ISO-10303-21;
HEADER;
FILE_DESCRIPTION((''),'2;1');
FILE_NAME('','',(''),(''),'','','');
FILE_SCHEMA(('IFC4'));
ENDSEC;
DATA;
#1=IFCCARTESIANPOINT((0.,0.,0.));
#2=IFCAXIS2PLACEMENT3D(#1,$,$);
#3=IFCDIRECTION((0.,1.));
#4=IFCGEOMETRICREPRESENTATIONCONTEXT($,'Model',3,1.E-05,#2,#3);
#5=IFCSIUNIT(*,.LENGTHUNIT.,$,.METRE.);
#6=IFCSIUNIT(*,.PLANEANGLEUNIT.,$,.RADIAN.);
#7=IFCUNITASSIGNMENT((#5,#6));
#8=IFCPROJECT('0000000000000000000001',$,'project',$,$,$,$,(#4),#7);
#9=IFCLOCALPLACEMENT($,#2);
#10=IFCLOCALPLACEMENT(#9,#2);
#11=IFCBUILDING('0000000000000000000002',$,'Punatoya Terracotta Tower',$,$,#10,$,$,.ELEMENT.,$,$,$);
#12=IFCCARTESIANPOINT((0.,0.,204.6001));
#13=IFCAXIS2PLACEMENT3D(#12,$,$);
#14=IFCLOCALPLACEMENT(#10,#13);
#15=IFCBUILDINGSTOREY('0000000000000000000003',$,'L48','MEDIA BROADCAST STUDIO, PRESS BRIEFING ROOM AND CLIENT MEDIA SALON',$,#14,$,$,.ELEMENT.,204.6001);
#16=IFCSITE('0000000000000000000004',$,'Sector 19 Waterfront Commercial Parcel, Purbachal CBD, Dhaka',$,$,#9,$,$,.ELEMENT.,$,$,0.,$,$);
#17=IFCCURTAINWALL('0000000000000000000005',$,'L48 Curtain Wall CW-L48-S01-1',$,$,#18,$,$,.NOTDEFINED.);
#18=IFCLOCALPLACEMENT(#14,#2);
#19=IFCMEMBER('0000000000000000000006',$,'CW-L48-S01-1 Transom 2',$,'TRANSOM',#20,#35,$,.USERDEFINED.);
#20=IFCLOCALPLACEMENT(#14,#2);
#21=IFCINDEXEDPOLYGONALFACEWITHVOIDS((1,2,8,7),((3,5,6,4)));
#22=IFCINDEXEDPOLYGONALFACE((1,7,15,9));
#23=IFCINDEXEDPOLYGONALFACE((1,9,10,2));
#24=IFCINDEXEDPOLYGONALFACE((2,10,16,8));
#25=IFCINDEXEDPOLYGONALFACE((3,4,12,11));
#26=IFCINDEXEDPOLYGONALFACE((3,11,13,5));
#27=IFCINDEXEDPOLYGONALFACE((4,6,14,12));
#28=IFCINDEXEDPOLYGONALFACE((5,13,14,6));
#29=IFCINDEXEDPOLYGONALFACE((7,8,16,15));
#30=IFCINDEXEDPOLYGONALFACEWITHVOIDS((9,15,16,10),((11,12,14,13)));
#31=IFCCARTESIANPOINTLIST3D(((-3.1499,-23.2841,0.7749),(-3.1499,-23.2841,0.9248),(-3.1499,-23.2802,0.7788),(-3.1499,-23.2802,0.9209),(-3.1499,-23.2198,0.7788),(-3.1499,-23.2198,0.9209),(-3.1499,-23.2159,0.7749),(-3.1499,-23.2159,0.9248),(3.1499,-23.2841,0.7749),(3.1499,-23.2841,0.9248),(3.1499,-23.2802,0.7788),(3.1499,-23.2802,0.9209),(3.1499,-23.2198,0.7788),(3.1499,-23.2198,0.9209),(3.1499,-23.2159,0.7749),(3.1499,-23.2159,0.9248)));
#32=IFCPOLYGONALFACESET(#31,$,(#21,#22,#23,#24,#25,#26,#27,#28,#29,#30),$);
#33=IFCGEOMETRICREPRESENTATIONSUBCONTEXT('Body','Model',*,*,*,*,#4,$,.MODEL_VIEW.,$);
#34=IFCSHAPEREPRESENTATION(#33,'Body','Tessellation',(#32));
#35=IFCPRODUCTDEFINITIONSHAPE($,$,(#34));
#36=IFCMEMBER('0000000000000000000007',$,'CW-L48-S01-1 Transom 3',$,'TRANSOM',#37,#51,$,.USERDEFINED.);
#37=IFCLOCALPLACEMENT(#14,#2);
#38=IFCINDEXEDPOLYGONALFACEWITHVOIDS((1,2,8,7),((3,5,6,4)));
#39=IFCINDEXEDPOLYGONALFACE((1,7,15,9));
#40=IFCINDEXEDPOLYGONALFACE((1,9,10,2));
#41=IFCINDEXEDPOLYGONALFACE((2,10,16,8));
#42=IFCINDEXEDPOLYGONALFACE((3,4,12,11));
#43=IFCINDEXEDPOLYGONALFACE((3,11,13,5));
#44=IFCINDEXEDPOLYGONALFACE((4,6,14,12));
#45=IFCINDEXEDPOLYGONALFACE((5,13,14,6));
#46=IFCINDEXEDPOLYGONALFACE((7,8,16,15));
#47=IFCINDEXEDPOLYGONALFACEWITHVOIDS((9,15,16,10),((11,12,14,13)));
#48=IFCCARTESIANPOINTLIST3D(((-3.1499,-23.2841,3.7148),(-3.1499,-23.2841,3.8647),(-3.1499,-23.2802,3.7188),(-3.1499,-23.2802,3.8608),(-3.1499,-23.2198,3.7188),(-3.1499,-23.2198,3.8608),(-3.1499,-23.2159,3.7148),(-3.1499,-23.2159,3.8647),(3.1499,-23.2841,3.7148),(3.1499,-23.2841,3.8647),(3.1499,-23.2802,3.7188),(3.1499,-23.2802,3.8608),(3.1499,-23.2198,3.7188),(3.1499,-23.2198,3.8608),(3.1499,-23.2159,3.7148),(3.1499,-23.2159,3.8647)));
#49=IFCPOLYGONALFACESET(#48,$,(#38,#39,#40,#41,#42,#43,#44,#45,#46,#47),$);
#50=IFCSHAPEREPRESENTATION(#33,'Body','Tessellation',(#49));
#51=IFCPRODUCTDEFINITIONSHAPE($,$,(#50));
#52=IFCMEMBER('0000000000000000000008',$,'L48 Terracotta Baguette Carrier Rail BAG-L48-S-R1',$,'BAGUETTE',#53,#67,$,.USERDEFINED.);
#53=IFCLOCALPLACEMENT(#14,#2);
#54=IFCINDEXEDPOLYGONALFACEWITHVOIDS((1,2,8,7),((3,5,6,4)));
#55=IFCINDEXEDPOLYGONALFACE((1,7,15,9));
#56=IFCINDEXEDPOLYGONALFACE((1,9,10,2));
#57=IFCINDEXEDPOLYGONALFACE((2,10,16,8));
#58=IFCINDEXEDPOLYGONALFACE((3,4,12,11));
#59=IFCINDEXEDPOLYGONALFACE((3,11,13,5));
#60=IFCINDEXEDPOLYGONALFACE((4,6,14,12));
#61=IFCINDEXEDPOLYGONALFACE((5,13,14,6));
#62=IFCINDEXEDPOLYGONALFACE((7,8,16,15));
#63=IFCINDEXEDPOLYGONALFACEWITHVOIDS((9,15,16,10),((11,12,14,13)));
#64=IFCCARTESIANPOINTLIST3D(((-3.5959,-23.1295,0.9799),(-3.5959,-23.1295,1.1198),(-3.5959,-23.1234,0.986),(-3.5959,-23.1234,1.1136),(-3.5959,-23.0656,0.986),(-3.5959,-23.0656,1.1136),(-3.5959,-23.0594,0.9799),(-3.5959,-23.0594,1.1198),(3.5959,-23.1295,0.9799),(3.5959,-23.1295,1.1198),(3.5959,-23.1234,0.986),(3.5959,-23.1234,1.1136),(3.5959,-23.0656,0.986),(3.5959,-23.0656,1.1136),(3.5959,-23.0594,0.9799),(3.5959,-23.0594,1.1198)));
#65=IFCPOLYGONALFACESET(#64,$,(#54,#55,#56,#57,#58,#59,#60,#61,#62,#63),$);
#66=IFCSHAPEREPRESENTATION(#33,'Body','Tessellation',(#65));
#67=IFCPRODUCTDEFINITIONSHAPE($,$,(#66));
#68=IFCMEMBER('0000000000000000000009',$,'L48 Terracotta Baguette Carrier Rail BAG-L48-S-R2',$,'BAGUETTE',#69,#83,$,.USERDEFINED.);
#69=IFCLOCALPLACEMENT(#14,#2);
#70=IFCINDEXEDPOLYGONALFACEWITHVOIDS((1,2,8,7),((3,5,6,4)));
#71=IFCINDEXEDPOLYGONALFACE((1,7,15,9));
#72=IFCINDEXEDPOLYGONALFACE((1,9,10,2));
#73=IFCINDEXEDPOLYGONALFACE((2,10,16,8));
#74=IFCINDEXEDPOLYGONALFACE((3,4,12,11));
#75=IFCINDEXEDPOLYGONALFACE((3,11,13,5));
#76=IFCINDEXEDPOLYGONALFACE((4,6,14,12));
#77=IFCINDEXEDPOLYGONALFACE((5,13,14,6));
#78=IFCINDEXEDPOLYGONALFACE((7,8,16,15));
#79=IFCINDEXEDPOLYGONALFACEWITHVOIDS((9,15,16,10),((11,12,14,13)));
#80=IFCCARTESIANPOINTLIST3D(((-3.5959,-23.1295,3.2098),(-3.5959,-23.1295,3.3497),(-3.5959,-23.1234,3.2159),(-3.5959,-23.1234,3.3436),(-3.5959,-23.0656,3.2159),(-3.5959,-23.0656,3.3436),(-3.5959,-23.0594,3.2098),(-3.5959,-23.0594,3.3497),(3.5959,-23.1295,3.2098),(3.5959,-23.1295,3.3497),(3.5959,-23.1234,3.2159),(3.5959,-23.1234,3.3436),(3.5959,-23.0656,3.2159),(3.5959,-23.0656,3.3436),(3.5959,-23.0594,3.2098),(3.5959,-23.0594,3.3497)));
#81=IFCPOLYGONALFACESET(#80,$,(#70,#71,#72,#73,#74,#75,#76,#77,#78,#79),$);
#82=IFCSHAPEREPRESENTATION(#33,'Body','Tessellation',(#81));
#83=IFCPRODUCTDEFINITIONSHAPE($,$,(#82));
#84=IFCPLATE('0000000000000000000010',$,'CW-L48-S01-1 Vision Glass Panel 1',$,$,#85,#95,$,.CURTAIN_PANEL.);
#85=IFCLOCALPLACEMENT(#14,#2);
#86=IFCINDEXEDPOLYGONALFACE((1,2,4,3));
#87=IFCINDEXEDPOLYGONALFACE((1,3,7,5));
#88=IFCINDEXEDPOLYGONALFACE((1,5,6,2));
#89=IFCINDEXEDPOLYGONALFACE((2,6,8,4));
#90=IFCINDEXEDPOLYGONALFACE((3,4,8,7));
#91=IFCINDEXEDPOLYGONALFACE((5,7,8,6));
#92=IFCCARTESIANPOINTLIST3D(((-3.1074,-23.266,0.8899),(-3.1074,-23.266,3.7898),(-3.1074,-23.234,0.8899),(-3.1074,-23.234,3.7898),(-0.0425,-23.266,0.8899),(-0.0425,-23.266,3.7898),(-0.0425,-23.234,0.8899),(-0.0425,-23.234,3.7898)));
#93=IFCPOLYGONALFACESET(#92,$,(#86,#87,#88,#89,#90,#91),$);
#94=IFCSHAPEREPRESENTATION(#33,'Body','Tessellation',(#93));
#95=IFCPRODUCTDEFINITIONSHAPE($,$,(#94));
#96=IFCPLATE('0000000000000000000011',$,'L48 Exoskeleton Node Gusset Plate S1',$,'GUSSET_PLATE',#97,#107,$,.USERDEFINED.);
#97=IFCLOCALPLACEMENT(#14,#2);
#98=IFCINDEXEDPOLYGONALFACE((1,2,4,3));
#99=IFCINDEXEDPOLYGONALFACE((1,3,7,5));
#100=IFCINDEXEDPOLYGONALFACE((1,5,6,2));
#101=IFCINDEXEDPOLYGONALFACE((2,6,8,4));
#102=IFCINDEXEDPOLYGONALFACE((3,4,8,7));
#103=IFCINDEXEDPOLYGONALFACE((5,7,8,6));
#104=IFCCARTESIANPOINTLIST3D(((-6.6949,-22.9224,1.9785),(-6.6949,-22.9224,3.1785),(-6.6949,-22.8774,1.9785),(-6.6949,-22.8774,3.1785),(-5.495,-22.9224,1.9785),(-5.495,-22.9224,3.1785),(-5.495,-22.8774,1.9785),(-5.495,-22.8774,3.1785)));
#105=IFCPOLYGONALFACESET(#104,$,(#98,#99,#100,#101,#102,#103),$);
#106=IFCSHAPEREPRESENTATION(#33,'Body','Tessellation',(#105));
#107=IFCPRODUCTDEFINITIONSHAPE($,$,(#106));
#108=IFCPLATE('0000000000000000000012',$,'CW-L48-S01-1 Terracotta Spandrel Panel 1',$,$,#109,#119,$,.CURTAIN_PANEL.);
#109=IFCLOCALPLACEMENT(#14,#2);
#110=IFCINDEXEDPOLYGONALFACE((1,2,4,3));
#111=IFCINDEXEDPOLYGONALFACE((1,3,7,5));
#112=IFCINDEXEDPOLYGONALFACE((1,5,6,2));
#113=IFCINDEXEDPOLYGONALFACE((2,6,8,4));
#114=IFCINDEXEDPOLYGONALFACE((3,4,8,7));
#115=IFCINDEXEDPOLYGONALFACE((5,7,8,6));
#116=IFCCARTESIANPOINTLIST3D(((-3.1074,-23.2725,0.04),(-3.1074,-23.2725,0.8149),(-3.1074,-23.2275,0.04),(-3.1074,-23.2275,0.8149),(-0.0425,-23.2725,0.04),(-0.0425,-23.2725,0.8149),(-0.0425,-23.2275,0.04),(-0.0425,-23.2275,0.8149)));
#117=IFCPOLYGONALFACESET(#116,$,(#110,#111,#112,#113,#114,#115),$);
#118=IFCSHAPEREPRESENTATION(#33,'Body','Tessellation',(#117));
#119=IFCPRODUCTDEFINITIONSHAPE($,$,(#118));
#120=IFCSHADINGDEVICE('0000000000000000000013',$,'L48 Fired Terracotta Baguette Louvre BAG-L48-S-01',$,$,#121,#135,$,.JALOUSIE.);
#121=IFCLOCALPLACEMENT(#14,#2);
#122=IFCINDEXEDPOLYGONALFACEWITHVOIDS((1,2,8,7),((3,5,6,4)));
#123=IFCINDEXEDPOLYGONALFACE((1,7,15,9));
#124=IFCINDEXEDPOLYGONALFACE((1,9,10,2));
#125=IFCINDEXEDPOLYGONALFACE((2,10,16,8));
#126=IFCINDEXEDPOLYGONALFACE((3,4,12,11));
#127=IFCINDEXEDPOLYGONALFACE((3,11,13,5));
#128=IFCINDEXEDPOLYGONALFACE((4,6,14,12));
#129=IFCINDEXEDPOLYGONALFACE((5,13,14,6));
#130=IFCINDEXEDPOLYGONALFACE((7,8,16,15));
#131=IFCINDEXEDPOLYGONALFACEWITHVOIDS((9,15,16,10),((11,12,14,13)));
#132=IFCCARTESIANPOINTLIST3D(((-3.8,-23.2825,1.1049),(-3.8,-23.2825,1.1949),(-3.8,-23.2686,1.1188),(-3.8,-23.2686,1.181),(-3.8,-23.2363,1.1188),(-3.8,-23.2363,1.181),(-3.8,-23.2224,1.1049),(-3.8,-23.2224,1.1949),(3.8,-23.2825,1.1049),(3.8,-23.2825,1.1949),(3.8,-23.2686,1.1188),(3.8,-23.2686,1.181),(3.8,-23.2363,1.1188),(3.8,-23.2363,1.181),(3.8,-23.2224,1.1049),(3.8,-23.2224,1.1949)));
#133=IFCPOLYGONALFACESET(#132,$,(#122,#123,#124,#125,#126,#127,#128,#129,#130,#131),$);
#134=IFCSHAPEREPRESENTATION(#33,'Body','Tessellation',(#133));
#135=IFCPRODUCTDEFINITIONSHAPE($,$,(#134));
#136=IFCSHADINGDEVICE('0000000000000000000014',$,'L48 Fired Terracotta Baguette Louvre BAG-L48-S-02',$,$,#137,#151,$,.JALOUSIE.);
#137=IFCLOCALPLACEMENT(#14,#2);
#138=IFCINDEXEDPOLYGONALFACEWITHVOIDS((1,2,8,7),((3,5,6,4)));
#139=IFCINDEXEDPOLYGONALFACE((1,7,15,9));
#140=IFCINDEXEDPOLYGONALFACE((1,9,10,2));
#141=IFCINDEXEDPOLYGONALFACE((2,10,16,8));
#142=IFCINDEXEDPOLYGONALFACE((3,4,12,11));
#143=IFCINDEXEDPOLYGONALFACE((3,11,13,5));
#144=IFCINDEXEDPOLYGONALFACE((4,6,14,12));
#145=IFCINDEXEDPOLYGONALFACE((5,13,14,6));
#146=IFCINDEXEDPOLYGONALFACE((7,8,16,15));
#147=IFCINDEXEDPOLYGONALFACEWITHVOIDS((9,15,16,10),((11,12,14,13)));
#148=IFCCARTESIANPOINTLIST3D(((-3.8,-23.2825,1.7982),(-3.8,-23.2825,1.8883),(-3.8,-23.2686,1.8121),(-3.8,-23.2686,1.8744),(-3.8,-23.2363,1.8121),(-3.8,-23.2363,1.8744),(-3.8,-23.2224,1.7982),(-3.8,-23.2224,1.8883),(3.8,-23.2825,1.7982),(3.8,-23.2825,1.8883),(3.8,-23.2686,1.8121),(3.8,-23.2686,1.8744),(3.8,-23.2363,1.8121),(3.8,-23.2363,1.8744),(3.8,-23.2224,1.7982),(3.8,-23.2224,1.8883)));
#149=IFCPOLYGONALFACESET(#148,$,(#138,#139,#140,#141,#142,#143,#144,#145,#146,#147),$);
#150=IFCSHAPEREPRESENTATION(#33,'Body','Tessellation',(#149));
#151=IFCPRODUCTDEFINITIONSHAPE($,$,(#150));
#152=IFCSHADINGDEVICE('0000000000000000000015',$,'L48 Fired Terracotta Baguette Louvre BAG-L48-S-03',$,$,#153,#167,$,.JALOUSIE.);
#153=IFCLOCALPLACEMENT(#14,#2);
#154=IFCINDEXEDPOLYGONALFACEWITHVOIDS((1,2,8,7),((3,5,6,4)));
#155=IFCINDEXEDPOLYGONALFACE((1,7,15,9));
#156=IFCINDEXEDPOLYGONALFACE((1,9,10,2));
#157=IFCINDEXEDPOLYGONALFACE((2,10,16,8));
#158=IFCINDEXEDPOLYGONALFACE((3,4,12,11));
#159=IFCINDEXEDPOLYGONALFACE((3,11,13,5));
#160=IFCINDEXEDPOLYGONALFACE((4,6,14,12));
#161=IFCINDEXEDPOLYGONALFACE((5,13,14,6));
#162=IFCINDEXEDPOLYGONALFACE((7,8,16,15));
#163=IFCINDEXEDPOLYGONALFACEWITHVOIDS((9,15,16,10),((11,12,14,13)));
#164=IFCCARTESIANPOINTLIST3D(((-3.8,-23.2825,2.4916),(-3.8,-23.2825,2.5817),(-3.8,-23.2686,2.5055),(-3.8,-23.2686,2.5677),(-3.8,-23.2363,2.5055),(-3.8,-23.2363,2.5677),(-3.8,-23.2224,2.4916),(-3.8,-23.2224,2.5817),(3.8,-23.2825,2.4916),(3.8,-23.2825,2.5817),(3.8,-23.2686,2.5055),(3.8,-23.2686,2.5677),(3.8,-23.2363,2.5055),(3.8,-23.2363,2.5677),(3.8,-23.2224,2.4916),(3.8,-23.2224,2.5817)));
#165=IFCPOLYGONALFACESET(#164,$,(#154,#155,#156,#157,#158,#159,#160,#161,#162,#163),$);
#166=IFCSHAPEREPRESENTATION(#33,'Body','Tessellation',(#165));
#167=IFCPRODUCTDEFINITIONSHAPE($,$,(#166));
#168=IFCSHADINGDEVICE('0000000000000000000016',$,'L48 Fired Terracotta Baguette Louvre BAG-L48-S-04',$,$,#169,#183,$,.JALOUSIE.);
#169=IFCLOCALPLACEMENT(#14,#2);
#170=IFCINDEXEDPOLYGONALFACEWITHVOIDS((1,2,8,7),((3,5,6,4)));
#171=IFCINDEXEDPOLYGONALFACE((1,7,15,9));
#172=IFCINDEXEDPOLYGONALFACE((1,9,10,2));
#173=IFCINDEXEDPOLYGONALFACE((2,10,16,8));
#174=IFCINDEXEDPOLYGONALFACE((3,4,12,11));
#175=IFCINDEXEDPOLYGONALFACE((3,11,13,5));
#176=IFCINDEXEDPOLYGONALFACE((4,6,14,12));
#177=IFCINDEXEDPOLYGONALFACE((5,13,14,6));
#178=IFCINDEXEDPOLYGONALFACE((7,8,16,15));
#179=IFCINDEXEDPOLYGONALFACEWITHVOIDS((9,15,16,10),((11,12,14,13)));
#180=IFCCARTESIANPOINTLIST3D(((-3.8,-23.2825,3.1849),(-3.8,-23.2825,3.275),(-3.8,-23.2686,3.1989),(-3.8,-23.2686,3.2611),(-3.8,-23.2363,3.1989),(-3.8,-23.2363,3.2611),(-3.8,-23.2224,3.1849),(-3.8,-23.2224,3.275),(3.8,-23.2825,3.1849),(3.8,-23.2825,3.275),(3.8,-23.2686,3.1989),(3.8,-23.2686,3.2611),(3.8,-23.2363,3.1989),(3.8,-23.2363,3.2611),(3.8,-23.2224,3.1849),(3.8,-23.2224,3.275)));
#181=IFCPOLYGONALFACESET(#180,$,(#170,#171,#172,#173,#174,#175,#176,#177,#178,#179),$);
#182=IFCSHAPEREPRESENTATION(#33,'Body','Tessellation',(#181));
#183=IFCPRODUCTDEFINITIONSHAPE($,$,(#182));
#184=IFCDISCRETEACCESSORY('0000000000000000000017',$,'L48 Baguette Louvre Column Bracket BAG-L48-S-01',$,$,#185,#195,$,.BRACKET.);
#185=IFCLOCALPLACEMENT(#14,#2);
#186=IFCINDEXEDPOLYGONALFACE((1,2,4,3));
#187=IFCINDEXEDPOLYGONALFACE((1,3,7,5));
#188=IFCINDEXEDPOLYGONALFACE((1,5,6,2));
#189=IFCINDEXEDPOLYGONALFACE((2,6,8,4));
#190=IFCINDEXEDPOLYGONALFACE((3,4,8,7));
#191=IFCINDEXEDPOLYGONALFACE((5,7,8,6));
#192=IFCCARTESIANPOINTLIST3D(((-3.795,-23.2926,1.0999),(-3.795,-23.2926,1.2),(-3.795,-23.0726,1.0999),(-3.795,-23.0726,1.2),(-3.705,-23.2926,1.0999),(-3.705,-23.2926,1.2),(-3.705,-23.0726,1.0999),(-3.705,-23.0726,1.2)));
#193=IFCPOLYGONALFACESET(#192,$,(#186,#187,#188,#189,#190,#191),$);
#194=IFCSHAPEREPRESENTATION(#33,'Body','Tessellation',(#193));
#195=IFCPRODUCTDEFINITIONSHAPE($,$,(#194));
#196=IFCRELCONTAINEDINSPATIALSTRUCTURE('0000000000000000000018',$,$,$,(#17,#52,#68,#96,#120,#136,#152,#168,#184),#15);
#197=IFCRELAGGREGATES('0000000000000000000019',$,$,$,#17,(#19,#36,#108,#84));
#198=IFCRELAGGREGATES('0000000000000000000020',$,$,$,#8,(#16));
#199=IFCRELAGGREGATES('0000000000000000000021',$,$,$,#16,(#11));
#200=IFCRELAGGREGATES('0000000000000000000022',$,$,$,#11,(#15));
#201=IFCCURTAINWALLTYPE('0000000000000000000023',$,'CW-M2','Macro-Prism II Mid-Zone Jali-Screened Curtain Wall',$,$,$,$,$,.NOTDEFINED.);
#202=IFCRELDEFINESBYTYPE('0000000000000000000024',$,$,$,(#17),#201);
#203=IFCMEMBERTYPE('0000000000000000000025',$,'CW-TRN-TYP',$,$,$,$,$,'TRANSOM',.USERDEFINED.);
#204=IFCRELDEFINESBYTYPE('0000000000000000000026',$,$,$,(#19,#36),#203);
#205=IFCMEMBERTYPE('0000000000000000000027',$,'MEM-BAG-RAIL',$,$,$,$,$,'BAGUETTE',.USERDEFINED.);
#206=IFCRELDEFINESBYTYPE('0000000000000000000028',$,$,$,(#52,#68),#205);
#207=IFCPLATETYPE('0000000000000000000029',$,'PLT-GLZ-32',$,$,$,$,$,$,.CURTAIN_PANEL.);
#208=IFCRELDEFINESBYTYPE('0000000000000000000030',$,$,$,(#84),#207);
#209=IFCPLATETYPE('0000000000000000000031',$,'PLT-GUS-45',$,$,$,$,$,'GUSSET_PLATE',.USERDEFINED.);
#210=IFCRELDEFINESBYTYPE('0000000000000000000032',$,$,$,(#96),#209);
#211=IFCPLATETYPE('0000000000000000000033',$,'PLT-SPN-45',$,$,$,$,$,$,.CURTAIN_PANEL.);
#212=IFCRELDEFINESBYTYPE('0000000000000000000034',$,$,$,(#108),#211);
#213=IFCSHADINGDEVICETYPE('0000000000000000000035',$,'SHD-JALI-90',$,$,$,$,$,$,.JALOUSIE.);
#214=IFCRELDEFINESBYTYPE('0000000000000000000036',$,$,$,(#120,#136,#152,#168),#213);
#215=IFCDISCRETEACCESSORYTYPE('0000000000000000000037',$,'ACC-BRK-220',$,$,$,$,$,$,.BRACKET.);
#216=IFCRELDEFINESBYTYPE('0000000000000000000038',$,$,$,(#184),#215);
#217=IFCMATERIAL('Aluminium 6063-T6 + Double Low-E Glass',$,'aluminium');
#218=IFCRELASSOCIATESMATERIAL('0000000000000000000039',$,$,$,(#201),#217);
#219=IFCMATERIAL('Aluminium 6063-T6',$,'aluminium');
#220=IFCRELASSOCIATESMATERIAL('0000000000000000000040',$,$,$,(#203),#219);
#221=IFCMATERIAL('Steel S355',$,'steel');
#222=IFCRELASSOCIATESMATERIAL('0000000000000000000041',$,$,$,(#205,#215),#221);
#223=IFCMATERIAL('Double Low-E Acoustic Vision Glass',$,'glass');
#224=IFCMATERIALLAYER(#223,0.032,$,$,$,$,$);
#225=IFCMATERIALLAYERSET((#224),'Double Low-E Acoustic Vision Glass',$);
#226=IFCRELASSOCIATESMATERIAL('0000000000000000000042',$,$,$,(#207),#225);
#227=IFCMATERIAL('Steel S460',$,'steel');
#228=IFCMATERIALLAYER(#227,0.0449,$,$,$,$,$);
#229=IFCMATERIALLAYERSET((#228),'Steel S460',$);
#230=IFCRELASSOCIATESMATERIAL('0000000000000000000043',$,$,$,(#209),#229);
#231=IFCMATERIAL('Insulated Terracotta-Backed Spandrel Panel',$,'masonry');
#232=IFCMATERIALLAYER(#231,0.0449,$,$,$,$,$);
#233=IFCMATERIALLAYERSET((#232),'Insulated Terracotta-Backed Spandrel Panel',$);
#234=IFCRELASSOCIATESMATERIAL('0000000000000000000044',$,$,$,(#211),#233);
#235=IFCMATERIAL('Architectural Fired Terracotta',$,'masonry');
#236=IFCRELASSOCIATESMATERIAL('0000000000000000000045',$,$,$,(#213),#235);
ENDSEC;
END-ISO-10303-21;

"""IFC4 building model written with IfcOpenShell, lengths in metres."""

from ifc_helpers import new_model, si_unit, direction, frame, origin, origin_2d, place, context, subcontext, project, spatial, rectangle, hollow_rectangle, extrude, material, layer, layer_set, material_profile, profile_set, type_object, element, aggregate, save


model = new_model("IFC4")

# Units and contexts
model_context = context("Model", 3, precision=1e-05, world=origin(), true_north=direction((0.0, 1.0)))
body_context = subcontext(model_context, "Body", "Model", "MODEL_VIEW")
ifc_project = project(units=[si_unit("LENGTHUNIT", "METRE"), si_unit("PLANEANGLEUNIT", "RADIAN")], contexts=[model_context])

# Site, building, storey
site_placement = place(None, origin())
site = spatial("IfcSite", under=ifc_project, at=site_placement, Name="Sector 19 Waterfront Commercial Parcel, Purbachal CBD, Dhaka", CompositionType="ELEMENT", RefElevation=0.0)
building_placement = place(site_placement, origin())
building = spatial("IfcBuilding", under=site, at=building_placement, Name="Punatoya Terracotta Tower", CompositionType="ELEMENT")
storey_placement = place(building_placement, frame((0.0, 0.0, 204.6001)))
storey = spatial("IfcBuildingStorey", under=building, at=storey_placement, Name="L48", Description="MEDIA BROADCAST STUDIO, PRESS BRIEFING ROOM AND CLIENT MEDIA SALON", CompositionType="ELEMENT", Elevation=204.6001)

# Shared definitions
ifc_material_1 = material(Name="Steel S460", Category="steel")

# Curtain wall, members
ifc_material_2 = material(Name="Aluminium 6063-T6 + Double Low-E Glass", Category="aluminium")
curtain_wall_type = type_object("IfcCurtainWallType", Name="CW-M2", Description="Macro-Prism II Mid-Zone Jali-Screened Curtain Wall", PredefinedType="NOTDEFINED", material=ifc_material_2)
curtain_wall_placement = place(storey_placement, origin())
curtain_wall = element("IfcCurtainWall", 1, at=curtain_wall_placement, inside=storey, type_object=curtain_wall_type, Name="L48 Curtain Wall CW-L48-S01-1", PredefinedType="NOTDEFINED")
ifc_material_3 = material(Name="Aluminium 6063-T6", Category="aluminium")
ifc_material_profile_1 = material_profile(ifc_material_3, hollow_rectangle(XDim=0.0681, YDim=0.1499, WallThickness=0.0039, at=origin_2d()))
ifc_profile_set_1 = profile_set([ifc_material_profile_1], Name="Aluminium 6063-T6")
member_type_1 = type_object("IfcMemberType", Name="CW-TRN-TYP", ElementType="TRANSOM", PredefinedType="USERDEFINED", material=ifc_profile_set_1)
member_1_placement = place(storey_placement, frame((-3.1499, -23.25, 0.8499), z_axis=(1.0, 0.0, 0.0), x_axis=(0.0, 1.0, 0.0)))
member_1 = element("IfcMember", 2, at=member_1_placement, type_object=member_type_1, Name="CW-L48-S01-1 Transom 2", ObjectType="TRANSOM", PredefinedType="USERDEFINED", context=body_context, shape_type="SweptSolid", body=[
    extrude(hollow_rectangle(XDim=0.0681, YDim=0.1499, WallThickness=0.0039, at=origin_2d()), origin(), (0.0, 0.0, 1.0), 6.2998),
])
member_2_placement = place(storey_placement, frame((-3.1499, -23.25, 3.7898), z_axis=(1.0, 0.0, 0.0), x_axis=(0.0, 1.0, 0.0)))
member_2 = element("IfcMember", 3, at=member_2_placement, type_object=member_type_1, Name="CW-L48-S01-1 Transom 3", ObjectType="TRANSOM", PredefinedType="USERDEFINED", context=body_context, shape_type="SweptSolid", body=[
    extrude(hollow_rectangle(XDim=0.0681, YDim=0.1499, WallThickness=0.0039, at=origin_2d()), origin(), (0.0, 0.0, 1.0), 6.2998),
])

# Members
ifc_material_4 = material(Name="Steel S355", Category="steel")
ifc_material_profile_2 = material_profile(ifc_material_4, hollow_rectangle(XDim=0.0701, YDim=0.1399, WallThickness=0.0061, at=origin_2d()))
ifc_profile_set_2 = profile_set([ifc_material_profile_2], Name="Steel S355")
member_type_2 = type_object("IfcMemberType", Name="MEM-BAG-RAIL", ElementType="BAGUETTE", PredefinedType="USERDEFINED", material=ifc_profile_set_2)
for number, where, z_axis, x_axis, name in (
    (4, (-3.5959, -23.0945, 1.0498), (1.0, 0.0, 0.0), (0.0, 1.0, 0.0), "L48 Terracotta Baguette Carrier Rail BAG-L48-S-R1"),
    (5, (-3.5959, -23.0945, 3.2798), (1.0, 0.0, 0.0), (0.0, 1.0, 0.0), "L48 Terracotta Baguette Carrier Rail BAG-L48-S-R2"),
):
    element("IfcMember", number, at=place(storey_placement, frame(where, z_axis=z_axis, x_axis=x_axis)), inside=storey, type_object=member_type_2, Name=name, ObjectType="BAGUETTE", PredefinedType="USERDEFINED", context=body_context, shape_type="SweptSolid", body=[
        extrude(hollow_rectangle(XDim=0.0701, YDim=0.1399, WallThickness=0.0061, at=origin_2d()), origin(), (0.0, 0.0, 1.0), 7.1919),
    ])

# Plates
ifc_material_5 = material(Name="Double Low-E Acoustic Vision Glass", Category="glass")
ifc_layer_1 = layer(ifc_material_5, 0.032)
ifc_layer_set_1 = layer_set([ifc_layer_1], Name="Double Low-E Acoustic Vision Glass")
plate_type_1 = type_object("IfcPlateType", Name="PLT-GLZ-32", PredefinedType="CURTAIN_PANEL", material=ifc_layer_set_1)
plate_1_placement = place(storey_placement, frame((-1.575, -23.25, 0.8899), z_axis=(0.0, 0.0, 1.0), x_axis=(1.0, 0.0, 0.0)))
plate_1 = element("IfcPlate", 6, at=plate_1_placement, type_object=plate_type_1, Name="CW-L48-S01-1 Vision Glass Panel 1", PredefinedType="CURTAIN_PANEL", context=body_context, shape_type="SweptSolid", body=[
    extrude(rectangle(XDim=3.0649, YDim=0.032, at=origin_2d()), origin(), (0.0, 0.0, 1.0), 2.8999),
])
ifc_layer_2 = layer(ifc_material_1, 0.0449)
ifc_layer_set_2 = layer_set([ifc_layer_2], Name="Steel S460")
plate_type_2 = type_object("IfcPlateType", Name="PLT-GUS-45", ElementType="GUSSET_PLATE", PredefinedType="USERDEFINED", material=ifc_layer_set_2)
plate_2_placement = place(storey_placement, frame((-6.095, -22.8999, 1.9785), z_axis=(0.0, 0.0, 1.0), x_axis=(1.0, 0.0, 0.0)))
element("IfcPlate", 7, at=plate_2_placement, inside=storey, type_object=plate_type_2, Name="L48 Exoskeleton Node Gusset Plate S1", ObjectType="GUSSET_PLATE", PredefinedType="USERDEFINED", context=body_context, shape_type="SweptSolid", body=[
    extrude(rectangle(XDim=1.2, YDim=0.0449, at=origin_2d()), origin(), (0.0, 0.0, 1.0), 1.2),
])
ifc_material_6 = material(Name="Insulated Terracotta-Backed Spandrel Panel", Category="masonry")
ifc_layer_3 = layer(ifc_material_6, 0.0449)
ifc_layer_set_3 = layer_set([ifc_layer_3], Name="Insulated Terracotta-Backed Spandrel Panel")
plate_type_3 = type_object("IfcPlateType", Name="PLT-SPN-45", PredefinedType="CURTAIN_PANEL", material=ifc_layer_set_3)
plate_3_placement = place(storey_placement, frame((-1.575, -23.25, 0.04), z_axis=(0.0, 0.0, 1.0), x_axis=(1.0, 0.0, 0.0)))
plate_3 = element("IfcPlate", 8, at=plate_3_placement, type_object=plate_type_3, Name="CW-L48-S01-1 Terracotta Spandrel Panel 1", PredefinedType="CURTAIN_PANEL", context=body_context, shape_type="SweptSolid", body=[
    extrude(rectangle(XDim=3.0649, YDim=0.0449, at=origin_2d()), origin(), (0.0, 0.0, 1.0), 0.7749),
])
aggregate(curtain_wall, [member_1, member_2, plate_3, plate_1])

# Shading devices
ifc_material_7 = material(Name="Architectural Fired Terracotta", Category="masonry")
ifc_material_profile_3 = material_profile(ifc_material_7, hollow_rectangle(XDim=0.0601, YDim=0.0901, WallThickness=0.0139, at=origin_2d()))
ifc_profile_set_3 = profile_set([ifc_material_profile_3], Name="Architectural Fired Terracotta")
shading_device_type = type_object("IfcShadingDeviceType", Name="SHD-JALI-90", PredefinedType="JALOUSIE", material=ifc_profile_set_3)
for number, where, z_axis, x_axis, name in (
    (9, (-3.8, -23.2524, 1.1499), (1.0, 0.0, 0.0), (0.0, 1.0, 0.0), "L48 Fired Terracotta Baguette Louvre BAG-L48-S-01"),
    (10, (-3.8, -23.2524, 1.8433), (1.0, 0.0, 0.0), (0.0, 1.0, 0.0), "L48 Fired Terracotta Baguette Louvre BAG-L48-S-02"),
    (11, (-3.8, -23.2524, 2.5366), (1.0, 0.0, 0.0), (0.0, 1.0, 0.0), "L48 Fired Terracotta Baguette Louvre BAG-L48-S-03"),
    (12, (-3.8, -23.2524, 3.23), (1.0, 0.0, 0.0), (0.0, 1.0, 0.0), "L48 Fired Terracotta Baguette Louvre BAG-L48-S-04"),
):
    element("IfcShadingDevice", number, at=place(storey_placement, frame(where, z_axis=z_axis, x_axis=x_axis)), inside=storey, type_object=shading_device_type, Name=name, PredefinedType="JALOUSIE", context=body_context, shape_type="SweptSolid", body=[
        extrude(hollow_rectangle(XDim=0.0601, YDim=0.0901, WallThickness=0.0139, at=origin_2d()), origin(), (0.0, 0.0, 1.0), 7.6001),
    ])

# Discrete accessory
discrete_accessory_type = type_object("IfcDiscreteAccessoryType", Name="ACC-BRK-220", PredefinedType="BRACKET", material=ifc_material_4)
for number, where, z_axis, x_axis, name in (
    (13, (-3.75, -23.1826, 1.0999), (0.0, 0.0, 1.0), (1.0, 0.0, 0.0), "L48 Baguette Louvre Column Bracket BAG-L48-S-01"),
):
    element("IfcDiscreteAccessory", number, at=place(storey_placement, frame(where, z_axis=z_axis, x_axis=x_axis)), inside=storey, type_object=discrete_accessory_type, Name=name, PredefinedType="BRACKET", context=body_context, shape_type="SweptSolid", body=[
        extrude(rectangle(XDim=0.0901, YDim=0.22, at=origin_2d()), origin(), (0.0, 0.0, 1.0), 0.1001),
    ])

save(model, "model.ifc")
